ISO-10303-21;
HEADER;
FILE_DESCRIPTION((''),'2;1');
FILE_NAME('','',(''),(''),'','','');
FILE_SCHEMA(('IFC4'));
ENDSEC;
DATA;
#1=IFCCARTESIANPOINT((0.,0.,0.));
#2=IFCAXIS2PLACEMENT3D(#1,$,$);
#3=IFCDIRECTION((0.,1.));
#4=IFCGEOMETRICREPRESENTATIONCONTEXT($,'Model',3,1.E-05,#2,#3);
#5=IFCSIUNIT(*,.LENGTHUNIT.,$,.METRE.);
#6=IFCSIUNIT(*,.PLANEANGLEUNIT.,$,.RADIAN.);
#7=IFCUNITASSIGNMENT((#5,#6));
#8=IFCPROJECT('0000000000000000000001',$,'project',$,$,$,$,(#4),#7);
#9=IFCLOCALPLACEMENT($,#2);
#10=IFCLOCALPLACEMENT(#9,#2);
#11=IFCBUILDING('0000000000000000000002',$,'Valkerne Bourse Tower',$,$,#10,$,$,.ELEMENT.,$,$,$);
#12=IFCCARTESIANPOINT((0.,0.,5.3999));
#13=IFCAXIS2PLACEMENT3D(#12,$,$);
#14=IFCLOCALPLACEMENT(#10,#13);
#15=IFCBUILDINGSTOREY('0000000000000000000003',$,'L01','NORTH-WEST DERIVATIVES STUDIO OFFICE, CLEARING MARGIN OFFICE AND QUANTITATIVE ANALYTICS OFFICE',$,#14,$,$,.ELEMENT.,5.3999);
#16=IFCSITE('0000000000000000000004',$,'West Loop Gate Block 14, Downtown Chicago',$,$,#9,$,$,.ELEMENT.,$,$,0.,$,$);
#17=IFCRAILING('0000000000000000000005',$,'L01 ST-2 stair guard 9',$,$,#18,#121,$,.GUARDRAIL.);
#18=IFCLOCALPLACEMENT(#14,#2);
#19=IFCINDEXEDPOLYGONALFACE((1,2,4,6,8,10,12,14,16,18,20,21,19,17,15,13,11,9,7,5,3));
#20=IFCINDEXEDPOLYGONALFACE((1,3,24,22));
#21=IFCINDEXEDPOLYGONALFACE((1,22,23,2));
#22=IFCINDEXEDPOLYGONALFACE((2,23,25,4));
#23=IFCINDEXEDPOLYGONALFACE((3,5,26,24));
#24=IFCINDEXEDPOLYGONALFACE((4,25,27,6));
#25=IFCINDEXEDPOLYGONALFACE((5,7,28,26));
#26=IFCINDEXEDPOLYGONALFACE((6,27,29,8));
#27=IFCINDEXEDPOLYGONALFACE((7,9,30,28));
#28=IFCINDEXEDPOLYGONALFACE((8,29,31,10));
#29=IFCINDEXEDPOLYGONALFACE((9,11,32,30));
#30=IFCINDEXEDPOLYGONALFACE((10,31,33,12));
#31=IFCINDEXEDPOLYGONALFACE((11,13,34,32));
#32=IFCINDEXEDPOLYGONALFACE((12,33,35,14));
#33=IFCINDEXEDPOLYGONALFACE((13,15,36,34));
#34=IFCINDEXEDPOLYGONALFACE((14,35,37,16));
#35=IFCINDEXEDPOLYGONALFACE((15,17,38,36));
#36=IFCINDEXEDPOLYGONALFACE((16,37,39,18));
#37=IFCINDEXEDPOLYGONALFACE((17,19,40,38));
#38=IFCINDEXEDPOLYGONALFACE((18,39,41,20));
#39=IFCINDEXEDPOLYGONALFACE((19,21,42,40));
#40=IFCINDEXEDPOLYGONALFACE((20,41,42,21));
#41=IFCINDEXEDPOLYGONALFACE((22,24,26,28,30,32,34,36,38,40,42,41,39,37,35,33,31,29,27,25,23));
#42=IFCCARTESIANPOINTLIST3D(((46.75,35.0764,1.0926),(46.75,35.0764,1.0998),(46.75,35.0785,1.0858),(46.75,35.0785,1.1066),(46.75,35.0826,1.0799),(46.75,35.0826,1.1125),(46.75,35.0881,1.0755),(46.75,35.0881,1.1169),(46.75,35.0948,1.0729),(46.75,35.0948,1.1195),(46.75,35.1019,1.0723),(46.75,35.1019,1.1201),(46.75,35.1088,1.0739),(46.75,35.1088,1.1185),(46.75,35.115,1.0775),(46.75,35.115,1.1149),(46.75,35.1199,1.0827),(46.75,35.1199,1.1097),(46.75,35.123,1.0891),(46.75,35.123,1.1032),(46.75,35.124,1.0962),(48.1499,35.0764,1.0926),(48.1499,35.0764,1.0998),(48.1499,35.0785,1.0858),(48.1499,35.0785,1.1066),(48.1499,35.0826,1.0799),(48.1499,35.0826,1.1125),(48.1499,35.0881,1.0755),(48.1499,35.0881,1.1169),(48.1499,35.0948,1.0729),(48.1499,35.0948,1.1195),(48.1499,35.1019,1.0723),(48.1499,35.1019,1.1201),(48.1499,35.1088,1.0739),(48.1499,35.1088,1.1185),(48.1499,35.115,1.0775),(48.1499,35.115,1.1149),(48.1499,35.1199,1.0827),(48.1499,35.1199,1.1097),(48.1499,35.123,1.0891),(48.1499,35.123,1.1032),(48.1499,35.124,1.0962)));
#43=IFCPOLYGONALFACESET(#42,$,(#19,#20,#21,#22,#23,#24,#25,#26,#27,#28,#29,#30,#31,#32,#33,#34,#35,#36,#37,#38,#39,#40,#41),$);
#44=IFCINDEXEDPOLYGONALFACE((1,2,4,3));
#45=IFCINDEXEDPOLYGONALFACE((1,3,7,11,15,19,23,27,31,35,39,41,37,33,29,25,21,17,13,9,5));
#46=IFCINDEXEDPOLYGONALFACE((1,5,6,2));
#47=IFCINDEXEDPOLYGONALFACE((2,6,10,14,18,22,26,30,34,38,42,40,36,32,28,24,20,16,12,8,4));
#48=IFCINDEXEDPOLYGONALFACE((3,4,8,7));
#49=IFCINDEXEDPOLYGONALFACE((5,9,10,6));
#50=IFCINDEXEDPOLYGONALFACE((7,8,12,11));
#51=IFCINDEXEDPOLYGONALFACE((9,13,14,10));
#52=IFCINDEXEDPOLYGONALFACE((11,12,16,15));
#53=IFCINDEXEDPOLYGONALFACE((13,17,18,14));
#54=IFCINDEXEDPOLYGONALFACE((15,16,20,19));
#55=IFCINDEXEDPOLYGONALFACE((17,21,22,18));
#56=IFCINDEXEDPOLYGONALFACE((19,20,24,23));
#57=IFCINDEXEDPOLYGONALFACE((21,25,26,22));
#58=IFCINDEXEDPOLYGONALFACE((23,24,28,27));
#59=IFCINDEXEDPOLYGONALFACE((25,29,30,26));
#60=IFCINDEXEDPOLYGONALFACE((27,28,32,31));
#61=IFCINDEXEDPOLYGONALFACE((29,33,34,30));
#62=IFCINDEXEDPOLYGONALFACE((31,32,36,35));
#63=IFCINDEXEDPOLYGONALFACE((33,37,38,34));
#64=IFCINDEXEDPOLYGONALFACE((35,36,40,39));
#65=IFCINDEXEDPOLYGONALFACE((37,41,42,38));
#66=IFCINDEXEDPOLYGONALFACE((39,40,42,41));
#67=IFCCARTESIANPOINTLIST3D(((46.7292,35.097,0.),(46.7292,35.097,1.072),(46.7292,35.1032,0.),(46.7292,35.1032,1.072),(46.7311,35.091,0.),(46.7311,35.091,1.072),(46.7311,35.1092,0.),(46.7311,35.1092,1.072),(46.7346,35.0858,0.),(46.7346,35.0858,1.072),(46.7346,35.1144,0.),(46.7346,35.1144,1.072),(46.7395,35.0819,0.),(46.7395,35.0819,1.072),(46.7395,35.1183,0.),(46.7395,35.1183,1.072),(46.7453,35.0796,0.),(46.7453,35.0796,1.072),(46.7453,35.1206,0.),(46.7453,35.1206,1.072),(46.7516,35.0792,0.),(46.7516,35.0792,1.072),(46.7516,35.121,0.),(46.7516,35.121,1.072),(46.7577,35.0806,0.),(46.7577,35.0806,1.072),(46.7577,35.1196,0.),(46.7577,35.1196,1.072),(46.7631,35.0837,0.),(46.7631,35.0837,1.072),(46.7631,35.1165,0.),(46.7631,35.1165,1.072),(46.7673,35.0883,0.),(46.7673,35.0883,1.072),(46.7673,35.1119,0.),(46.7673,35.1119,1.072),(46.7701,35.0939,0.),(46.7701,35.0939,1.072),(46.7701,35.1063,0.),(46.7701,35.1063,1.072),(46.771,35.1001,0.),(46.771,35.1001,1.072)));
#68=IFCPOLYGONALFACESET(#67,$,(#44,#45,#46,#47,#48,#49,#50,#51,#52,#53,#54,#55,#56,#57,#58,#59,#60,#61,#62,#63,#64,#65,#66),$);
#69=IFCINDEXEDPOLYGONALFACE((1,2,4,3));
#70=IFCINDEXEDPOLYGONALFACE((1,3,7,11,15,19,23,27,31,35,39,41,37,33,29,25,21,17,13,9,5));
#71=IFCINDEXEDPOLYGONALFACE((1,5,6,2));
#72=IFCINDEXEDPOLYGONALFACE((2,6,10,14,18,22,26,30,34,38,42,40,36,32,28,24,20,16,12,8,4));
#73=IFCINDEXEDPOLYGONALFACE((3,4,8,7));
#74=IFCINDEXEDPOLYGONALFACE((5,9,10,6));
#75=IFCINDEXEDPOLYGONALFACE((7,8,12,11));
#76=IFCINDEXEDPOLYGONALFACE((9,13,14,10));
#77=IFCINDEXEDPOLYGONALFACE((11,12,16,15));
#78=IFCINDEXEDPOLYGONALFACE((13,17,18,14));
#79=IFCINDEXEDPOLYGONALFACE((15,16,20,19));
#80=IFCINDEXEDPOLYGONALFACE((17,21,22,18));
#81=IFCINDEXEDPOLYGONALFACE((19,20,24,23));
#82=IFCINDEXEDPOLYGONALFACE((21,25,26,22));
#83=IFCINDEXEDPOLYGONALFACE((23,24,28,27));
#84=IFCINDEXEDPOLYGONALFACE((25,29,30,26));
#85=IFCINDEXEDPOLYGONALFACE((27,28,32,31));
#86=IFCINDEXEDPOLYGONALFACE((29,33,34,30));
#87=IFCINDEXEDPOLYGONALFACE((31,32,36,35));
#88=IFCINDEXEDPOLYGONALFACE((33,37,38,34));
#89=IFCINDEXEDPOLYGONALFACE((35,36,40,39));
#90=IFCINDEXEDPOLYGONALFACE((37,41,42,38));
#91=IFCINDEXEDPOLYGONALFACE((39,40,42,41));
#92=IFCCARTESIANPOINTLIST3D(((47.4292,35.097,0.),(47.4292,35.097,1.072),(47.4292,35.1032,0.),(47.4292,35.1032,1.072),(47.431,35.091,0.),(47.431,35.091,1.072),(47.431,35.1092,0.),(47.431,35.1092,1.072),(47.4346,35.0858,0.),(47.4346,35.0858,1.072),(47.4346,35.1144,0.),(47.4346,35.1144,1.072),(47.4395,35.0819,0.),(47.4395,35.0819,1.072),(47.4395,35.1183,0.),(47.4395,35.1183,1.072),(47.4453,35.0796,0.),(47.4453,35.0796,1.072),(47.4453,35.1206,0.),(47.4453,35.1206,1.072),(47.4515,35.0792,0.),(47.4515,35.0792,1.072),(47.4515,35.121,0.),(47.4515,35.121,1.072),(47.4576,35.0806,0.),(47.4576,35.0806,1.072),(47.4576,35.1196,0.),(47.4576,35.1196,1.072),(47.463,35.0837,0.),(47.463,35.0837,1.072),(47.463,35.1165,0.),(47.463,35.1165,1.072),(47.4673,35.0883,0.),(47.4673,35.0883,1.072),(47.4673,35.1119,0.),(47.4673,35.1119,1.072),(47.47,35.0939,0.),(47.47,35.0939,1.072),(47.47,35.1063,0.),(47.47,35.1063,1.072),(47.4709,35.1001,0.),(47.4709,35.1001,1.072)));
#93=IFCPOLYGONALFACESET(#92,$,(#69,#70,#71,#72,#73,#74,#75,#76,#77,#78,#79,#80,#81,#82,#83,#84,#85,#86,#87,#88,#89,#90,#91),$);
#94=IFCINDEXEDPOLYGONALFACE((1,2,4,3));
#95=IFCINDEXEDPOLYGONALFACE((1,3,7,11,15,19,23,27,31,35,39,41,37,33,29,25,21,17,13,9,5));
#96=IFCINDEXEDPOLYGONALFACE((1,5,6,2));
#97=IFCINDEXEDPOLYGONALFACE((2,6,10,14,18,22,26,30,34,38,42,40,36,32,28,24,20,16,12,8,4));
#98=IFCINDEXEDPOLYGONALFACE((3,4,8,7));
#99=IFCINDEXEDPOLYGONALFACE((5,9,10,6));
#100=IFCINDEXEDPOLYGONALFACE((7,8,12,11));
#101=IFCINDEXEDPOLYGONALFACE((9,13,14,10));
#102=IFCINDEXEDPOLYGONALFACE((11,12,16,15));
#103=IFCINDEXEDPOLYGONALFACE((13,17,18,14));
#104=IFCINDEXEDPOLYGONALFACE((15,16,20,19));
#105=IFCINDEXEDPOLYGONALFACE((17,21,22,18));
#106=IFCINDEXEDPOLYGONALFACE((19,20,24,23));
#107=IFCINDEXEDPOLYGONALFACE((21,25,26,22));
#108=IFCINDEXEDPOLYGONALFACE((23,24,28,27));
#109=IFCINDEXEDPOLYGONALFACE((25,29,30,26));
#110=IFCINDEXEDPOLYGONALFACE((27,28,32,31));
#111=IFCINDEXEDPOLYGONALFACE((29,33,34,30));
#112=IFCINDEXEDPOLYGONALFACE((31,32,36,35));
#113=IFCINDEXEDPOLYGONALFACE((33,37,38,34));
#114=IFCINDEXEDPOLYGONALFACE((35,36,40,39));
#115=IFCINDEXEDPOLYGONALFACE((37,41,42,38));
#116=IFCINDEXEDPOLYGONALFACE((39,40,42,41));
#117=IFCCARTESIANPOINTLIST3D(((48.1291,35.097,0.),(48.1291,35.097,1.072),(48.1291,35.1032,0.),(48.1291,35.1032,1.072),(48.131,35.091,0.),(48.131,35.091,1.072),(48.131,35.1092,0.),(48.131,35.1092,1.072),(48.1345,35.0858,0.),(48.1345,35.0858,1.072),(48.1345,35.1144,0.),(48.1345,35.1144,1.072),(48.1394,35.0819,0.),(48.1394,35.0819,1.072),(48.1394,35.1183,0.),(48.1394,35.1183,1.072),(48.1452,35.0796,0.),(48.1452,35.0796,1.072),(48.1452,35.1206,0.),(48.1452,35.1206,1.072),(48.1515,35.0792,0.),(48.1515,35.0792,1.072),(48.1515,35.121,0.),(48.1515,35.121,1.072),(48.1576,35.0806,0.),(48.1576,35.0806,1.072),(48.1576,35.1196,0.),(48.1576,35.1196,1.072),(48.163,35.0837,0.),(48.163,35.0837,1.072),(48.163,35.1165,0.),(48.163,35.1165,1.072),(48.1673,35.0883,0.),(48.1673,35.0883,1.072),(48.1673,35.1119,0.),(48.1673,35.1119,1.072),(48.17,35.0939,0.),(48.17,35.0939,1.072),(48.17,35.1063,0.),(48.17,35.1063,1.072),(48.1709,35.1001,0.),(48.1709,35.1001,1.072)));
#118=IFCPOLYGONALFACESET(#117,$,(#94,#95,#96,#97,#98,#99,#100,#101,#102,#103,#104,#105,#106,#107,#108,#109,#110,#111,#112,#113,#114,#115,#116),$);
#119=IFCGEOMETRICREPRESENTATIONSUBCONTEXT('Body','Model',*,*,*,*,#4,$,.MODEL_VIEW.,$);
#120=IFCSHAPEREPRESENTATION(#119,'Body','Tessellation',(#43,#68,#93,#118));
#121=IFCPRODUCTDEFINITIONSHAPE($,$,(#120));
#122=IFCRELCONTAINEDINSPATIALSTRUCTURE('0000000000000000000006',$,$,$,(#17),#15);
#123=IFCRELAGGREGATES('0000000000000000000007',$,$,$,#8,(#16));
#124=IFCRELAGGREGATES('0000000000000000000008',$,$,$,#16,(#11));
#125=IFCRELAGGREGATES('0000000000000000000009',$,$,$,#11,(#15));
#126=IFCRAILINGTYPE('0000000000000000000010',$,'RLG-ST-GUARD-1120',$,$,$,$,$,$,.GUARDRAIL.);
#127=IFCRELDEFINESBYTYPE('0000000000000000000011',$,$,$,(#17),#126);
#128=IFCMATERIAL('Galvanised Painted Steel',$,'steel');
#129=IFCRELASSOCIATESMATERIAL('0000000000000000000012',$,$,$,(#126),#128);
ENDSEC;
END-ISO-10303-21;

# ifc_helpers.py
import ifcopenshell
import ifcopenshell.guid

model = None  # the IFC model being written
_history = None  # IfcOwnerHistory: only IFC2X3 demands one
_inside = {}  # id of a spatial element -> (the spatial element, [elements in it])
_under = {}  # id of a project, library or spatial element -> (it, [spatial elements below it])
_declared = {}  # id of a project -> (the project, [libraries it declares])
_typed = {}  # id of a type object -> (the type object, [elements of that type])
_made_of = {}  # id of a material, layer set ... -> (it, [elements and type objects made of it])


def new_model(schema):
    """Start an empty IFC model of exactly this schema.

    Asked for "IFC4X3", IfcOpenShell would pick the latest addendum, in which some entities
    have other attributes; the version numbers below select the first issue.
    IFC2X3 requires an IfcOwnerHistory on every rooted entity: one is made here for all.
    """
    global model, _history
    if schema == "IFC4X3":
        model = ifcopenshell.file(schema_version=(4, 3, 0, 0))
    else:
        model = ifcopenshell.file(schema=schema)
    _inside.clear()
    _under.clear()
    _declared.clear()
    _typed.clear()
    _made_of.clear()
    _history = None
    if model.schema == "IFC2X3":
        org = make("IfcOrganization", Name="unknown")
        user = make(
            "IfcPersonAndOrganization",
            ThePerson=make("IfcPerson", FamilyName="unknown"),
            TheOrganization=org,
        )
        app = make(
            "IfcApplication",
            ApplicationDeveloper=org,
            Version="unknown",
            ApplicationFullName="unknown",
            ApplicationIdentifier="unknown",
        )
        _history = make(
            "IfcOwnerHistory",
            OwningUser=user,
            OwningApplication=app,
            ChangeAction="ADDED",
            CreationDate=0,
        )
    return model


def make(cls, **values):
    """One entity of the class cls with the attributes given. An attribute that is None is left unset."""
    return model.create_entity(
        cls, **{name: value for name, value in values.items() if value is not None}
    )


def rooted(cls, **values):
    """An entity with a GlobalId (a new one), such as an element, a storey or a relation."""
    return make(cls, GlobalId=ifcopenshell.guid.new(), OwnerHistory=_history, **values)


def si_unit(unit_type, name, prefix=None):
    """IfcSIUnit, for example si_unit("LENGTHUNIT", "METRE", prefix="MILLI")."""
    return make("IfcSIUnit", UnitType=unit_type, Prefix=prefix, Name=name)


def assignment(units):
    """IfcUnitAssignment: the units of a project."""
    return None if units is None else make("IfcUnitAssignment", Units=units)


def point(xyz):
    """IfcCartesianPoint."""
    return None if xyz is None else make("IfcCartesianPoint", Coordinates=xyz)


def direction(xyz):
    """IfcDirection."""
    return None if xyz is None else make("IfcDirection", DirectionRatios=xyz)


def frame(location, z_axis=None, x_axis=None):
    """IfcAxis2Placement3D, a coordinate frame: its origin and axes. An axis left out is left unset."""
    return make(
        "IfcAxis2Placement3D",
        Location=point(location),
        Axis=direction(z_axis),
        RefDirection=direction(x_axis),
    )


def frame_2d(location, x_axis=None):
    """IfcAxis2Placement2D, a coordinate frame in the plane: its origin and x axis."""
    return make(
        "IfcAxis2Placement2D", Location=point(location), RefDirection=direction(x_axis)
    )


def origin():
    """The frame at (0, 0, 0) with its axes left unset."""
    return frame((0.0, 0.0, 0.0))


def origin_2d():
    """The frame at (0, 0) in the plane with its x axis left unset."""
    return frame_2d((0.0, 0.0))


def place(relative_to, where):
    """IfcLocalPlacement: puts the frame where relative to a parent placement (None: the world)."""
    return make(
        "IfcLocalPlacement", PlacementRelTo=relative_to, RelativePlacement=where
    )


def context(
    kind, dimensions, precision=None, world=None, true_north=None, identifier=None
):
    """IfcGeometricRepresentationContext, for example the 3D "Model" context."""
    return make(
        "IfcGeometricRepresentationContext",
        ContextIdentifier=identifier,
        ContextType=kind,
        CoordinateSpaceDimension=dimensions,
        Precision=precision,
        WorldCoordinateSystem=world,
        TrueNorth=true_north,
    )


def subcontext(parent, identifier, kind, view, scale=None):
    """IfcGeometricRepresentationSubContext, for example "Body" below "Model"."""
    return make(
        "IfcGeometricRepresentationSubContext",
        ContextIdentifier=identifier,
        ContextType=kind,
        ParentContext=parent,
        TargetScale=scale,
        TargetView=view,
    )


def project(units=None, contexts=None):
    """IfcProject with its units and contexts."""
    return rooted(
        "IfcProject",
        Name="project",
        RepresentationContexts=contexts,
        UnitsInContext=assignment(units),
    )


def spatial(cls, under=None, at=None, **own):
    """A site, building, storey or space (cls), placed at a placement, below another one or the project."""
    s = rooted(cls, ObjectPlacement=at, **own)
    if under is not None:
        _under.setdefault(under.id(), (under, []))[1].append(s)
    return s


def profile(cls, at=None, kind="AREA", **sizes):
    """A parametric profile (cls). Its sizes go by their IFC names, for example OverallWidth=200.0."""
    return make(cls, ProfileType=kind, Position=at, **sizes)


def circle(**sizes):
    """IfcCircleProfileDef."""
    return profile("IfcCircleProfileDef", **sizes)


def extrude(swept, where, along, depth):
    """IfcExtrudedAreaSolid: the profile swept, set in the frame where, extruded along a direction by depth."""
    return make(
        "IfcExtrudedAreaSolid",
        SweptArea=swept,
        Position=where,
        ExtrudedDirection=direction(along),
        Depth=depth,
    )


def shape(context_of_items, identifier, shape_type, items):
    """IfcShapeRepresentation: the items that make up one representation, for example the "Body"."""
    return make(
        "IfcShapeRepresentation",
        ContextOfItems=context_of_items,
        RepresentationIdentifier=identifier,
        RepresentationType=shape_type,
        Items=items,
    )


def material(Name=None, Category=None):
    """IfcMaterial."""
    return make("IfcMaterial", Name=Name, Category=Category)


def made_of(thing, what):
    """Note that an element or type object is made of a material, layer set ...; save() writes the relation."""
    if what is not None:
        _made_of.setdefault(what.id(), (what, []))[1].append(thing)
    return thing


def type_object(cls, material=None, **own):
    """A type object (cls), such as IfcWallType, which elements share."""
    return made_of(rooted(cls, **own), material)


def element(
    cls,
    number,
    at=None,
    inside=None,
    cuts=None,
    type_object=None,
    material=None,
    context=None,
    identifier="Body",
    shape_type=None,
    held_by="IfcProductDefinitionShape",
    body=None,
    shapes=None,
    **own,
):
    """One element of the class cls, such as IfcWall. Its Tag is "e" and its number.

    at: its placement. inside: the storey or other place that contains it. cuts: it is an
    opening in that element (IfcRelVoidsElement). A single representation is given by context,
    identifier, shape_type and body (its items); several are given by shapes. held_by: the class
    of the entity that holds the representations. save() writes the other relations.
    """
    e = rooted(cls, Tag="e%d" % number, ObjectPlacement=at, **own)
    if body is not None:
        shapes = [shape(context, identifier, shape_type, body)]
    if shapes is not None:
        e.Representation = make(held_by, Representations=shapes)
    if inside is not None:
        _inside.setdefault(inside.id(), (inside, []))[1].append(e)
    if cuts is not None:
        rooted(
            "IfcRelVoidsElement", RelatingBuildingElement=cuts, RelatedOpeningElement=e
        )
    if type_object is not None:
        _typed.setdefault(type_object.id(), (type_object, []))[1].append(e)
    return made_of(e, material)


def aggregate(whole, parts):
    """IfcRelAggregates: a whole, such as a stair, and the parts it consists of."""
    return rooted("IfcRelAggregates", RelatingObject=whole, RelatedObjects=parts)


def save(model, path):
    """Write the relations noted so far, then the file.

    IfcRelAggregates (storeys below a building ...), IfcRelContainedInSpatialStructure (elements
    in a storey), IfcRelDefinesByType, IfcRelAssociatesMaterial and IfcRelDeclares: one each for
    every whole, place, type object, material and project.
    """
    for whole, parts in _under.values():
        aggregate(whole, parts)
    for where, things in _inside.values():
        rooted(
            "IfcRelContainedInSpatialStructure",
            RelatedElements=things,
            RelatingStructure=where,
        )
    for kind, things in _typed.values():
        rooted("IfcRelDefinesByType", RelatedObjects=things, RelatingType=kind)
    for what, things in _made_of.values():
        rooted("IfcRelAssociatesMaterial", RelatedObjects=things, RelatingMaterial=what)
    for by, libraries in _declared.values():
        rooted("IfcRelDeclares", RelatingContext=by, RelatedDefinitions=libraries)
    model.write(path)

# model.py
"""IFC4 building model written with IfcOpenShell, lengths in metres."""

from ifc_helpers import new_model, si_unit, direction, frame, origin, origin_2d, place, context, subcontext, project, spatial, circle, extrude, material, type_object, element, save


model = new_model("IFC4")

# Units and contexts
model_context = context("Model", 3, precision=1e-05, world=origin(), true_north=direction((0.0, 1.0)))
body_context = subcontext(model_context, "Body", "Model", "MODEL_VIEW")
ifc_project = project(units=[si_unit("LENGTHUNIT", "METRE"), si_unit("PLANEANGLEUNIT", "RADIAN")], contexts=[model_context])

# Site, building, storey
site_placement = place(None, origin())
site = spatial("IfcSite", under=ifc_project, at=site_placement, Name="West Loop Gate Block 14, Downtown Chicago", CompositionType="ELEMENT", RefElevation=0.0)
building_placement = place(site_placement, origin())
building = spatial("IfcBuilding", under=site, at=building_placement, Name="Valkerne Bourse Tower", CompositionType="ELEMENT")
storey_placement = place(building_placement, frame((0.0, 0.0, 5.3999)))
storey = spatial("IfcBuildingStorey", under=building, at=storey_placement, Name="L01", Description="NORTH-WEST DERIVATIVES STUDIO OFFICE, CLEARING MARGIN OFFICE AND QUANTITATIVE ANALYTICS OFFICE", CompositionType="ELEMENT", Elevation=5.3999)

# Railing
ifc_material_1 = material(Name="Galvanised Painted Steel", Category="steel")
railing_type_1 = type_object("IfcRailingType", Name="RLG-ST-GUARD-1120", PredefinedType="GUARDRAIL", material=ifc_material_1)
railing_1_placement = place(storey_placement, frame((46.75, 35.1001, 0.0)))
element("IfcRailing", 1, at=railing_1_placement, inside=storey, type_object=railing_type_1, Name="L01 ST-2 stair guard 9", PredefinedType="GUARDRAIL", context=body_context, shape_type="SweptSolid", body=[
    extrude(circle(Radius=0.0239, at=origin_2d()), frame((0.0, 0.0, 1.0962), z_axis=(1.0, 0.0, 0.0), x_axis=(0.0, 1.0, 0.0)), (0.0, 0.0, 1.0), 1.3999),
    extrude(circle(Radius=0.021, at=origin_2d()), origin(), (0.0, 0.0, 1.0), 1.072),
    extrude(circle(Radius=0.021, at=origin_2d()), frame((0.7, 0.0, 0.0)), (0.0, 0.0, 1.0), 1.072),
    extrude(circle(Radius=0.021, at=origin_2d()), frame((1.3999, 0.0, 0.0)), (0.0, 0.0, 1.0), 1.072),
])

save(model, "model.ifc")
